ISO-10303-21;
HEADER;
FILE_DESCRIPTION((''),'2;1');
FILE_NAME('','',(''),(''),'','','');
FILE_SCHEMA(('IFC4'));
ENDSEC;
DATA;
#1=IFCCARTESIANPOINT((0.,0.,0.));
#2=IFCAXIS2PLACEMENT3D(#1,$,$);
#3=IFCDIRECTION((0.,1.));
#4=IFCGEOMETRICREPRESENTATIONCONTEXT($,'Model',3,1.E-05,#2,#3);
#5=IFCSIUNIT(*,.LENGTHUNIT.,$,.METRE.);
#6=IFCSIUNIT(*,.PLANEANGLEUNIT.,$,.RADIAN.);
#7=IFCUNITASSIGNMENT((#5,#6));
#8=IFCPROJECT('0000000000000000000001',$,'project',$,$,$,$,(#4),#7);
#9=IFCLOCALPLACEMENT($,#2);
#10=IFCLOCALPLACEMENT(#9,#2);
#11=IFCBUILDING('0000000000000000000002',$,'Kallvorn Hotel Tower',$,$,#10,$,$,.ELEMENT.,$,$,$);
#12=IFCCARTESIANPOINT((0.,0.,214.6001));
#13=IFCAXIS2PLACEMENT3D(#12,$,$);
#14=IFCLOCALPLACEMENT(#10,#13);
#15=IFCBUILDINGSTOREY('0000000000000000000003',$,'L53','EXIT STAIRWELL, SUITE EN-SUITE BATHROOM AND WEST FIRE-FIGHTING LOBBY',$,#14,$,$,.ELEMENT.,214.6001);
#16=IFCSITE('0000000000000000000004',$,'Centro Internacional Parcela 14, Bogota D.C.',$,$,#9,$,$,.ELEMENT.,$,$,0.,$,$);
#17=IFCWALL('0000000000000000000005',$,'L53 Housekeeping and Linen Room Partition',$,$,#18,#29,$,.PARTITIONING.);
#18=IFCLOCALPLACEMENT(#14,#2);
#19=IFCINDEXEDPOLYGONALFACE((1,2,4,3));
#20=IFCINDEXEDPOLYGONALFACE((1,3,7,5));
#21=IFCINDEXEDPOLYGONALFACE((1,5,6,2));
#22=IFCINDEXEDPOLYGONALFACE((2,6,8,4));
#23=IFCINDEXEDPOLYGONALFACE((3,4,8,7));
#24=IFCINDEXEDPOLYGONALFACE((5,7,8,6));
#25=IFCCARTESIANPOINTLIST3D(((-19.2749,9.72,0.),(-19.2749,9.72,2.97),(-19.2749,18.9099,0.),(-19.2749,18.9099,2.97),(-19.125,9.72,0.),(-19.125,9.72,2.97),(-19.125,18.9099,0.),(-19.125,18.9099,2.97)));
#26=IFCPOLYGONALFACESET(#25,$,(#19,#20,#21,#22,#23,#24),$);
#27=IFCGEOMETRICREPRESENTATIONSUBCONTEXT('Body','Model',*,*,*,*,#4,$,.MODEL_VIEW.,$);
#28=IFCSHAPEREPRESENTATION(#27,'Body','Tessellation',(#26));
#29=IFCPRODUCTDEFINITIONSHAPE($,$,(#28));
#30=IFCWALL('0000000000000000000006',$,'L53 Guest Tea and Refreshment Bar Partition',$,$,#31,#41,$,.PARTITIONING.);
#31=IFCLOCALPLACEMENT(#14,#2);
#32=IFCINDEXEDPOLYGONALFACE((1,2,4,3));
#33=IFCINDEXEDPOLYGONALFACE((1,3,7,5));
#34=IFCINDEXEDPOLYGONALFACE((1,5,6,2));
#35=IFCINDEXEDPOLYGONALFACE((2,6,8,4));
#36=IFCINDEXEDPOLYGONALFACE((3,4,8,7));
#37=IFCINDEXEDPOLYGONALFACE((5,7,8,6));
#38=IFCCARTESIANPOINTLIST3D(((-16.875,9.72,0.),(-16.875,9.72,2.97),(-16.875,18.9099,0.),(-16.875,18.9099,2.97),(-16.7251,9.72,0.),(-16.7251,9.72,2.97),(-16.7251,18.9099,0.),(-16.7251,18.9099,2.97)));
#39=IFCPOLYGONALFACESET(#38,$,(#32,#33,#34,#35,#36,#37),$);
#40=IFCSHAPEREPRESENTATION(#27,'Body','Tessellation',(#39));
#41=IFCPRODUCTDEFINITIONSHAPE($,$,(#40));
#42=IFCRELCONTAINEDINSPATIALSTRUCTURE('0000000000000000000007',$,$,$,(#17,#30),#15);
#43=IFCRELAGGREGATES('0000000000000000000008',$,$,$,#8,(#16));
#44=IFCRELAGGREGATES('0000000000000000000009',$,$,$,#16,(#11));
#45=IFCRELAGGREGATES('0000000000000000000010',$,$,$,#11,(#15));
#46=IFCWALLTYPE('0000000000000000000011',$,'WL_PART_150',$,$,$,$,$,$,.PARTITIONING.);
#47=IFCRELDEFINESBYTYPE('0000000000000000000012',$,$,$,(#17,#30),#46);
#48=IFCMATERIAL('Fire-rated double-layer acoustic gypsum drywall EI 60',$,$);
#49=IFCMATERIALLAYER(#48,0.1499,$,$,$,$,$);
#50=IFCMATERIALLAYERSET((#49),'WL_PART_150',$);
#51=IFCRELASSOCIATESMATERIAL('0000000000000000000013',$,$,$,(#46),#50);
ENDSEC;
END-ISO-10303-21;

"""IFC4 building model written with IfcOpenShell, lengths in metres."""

from ifc_helpers import new_model, si_unit, direction, frame, frame_2d, origin, place, context, subcontext, project, spatial, rectangle, extrude, material, layer, layer_set, type_object, element, save


model = new_model("IFC4")

# Units and contexts
model_context = context("Model", 3, precision=1e-05, world=origin(), true_north=direction((0.0, 1.0)))
body_context = subcontext(model_context, "Body", "Model", "MODEL_VIEW")
ifc_project = project(units=[si_unit("LENGTHUNIT", "METRE"), si_unit("PLANEANGLEUNIT", "RADIAN")], contexts=[model_context])

# Site, building, storey
site_placement = place(None, origin())
site = spatial("IfcSite", under=ifc_project, at=site_placement, Name="Centro Internacional Parcela 14, Bogota D.C.", CompositionType="ELEMENT", RefElevation=0.0)
building_placement = place(site_placement, origin())
building = spatial("IfcBuilding", under=site, at=building_placement, Name="Kallvorn Hotel Tower", CompositionType="ELEMENT")
storey_placement = place(building_placement, frame((0.0, 0.0, 214.6001)))
storey = spatial("IfcBuildingStorey", under=building, at=storey_placement, Name="L53", Description="EXIT STAIRWELL, SUITE EN-SUITE BATHROOM AND WEST FIRE-FIGHTING LOBBY", CompositionType="ELEMENT", Elevation=214.6001)

# Walls
ifc_material_1 = material(Name="Fire-rated double-layer acoustic gypsum drywall EI 60")
ifc_layer_1 = layer(ifc_material_1, 0.1499)
ifc_layer_set_1 = layer_set([ifc_layer_1], Name="WL_PART_150")
wall_type_1 = type_object("IfcWallType", Name="WL_PART_150", PredefinedType="PARTITIONING", material=ifc_layer_set_1)
for number, where, z_axis, x_axis, name in (
    (1, (-19.2, 9.72, 0.0), (0.0, 0.0, 1.0), (0.0, 1.0, 0.0), "L53 Housekeeping and Linen Room Partition"),
    (2, (-16.8, 9.72, 0.0), (0.0, 0.0, 1.0), (0.0, 1.0, 0.0), "L53 Guest Tea and Refreshment Bar Partition"),
):
    element("IfcWall", number, at=place(storey_placement, frame(where, z_axis=z_axis, x_axis=x_axis)), inside=storey, type_object=wall_type_1, Name=name, PredefinedType="PARTITIONING", context=body_context, shape_type="SweptSolid", body=[
        extrude(rectangle(XDim=9.1899, YDim=0.1499, at=frame_2d((4.595, 0.0))), origin(), (0.0, 0.0, 1.0), 2.97),
    ])

save(model, "model.ifc")
